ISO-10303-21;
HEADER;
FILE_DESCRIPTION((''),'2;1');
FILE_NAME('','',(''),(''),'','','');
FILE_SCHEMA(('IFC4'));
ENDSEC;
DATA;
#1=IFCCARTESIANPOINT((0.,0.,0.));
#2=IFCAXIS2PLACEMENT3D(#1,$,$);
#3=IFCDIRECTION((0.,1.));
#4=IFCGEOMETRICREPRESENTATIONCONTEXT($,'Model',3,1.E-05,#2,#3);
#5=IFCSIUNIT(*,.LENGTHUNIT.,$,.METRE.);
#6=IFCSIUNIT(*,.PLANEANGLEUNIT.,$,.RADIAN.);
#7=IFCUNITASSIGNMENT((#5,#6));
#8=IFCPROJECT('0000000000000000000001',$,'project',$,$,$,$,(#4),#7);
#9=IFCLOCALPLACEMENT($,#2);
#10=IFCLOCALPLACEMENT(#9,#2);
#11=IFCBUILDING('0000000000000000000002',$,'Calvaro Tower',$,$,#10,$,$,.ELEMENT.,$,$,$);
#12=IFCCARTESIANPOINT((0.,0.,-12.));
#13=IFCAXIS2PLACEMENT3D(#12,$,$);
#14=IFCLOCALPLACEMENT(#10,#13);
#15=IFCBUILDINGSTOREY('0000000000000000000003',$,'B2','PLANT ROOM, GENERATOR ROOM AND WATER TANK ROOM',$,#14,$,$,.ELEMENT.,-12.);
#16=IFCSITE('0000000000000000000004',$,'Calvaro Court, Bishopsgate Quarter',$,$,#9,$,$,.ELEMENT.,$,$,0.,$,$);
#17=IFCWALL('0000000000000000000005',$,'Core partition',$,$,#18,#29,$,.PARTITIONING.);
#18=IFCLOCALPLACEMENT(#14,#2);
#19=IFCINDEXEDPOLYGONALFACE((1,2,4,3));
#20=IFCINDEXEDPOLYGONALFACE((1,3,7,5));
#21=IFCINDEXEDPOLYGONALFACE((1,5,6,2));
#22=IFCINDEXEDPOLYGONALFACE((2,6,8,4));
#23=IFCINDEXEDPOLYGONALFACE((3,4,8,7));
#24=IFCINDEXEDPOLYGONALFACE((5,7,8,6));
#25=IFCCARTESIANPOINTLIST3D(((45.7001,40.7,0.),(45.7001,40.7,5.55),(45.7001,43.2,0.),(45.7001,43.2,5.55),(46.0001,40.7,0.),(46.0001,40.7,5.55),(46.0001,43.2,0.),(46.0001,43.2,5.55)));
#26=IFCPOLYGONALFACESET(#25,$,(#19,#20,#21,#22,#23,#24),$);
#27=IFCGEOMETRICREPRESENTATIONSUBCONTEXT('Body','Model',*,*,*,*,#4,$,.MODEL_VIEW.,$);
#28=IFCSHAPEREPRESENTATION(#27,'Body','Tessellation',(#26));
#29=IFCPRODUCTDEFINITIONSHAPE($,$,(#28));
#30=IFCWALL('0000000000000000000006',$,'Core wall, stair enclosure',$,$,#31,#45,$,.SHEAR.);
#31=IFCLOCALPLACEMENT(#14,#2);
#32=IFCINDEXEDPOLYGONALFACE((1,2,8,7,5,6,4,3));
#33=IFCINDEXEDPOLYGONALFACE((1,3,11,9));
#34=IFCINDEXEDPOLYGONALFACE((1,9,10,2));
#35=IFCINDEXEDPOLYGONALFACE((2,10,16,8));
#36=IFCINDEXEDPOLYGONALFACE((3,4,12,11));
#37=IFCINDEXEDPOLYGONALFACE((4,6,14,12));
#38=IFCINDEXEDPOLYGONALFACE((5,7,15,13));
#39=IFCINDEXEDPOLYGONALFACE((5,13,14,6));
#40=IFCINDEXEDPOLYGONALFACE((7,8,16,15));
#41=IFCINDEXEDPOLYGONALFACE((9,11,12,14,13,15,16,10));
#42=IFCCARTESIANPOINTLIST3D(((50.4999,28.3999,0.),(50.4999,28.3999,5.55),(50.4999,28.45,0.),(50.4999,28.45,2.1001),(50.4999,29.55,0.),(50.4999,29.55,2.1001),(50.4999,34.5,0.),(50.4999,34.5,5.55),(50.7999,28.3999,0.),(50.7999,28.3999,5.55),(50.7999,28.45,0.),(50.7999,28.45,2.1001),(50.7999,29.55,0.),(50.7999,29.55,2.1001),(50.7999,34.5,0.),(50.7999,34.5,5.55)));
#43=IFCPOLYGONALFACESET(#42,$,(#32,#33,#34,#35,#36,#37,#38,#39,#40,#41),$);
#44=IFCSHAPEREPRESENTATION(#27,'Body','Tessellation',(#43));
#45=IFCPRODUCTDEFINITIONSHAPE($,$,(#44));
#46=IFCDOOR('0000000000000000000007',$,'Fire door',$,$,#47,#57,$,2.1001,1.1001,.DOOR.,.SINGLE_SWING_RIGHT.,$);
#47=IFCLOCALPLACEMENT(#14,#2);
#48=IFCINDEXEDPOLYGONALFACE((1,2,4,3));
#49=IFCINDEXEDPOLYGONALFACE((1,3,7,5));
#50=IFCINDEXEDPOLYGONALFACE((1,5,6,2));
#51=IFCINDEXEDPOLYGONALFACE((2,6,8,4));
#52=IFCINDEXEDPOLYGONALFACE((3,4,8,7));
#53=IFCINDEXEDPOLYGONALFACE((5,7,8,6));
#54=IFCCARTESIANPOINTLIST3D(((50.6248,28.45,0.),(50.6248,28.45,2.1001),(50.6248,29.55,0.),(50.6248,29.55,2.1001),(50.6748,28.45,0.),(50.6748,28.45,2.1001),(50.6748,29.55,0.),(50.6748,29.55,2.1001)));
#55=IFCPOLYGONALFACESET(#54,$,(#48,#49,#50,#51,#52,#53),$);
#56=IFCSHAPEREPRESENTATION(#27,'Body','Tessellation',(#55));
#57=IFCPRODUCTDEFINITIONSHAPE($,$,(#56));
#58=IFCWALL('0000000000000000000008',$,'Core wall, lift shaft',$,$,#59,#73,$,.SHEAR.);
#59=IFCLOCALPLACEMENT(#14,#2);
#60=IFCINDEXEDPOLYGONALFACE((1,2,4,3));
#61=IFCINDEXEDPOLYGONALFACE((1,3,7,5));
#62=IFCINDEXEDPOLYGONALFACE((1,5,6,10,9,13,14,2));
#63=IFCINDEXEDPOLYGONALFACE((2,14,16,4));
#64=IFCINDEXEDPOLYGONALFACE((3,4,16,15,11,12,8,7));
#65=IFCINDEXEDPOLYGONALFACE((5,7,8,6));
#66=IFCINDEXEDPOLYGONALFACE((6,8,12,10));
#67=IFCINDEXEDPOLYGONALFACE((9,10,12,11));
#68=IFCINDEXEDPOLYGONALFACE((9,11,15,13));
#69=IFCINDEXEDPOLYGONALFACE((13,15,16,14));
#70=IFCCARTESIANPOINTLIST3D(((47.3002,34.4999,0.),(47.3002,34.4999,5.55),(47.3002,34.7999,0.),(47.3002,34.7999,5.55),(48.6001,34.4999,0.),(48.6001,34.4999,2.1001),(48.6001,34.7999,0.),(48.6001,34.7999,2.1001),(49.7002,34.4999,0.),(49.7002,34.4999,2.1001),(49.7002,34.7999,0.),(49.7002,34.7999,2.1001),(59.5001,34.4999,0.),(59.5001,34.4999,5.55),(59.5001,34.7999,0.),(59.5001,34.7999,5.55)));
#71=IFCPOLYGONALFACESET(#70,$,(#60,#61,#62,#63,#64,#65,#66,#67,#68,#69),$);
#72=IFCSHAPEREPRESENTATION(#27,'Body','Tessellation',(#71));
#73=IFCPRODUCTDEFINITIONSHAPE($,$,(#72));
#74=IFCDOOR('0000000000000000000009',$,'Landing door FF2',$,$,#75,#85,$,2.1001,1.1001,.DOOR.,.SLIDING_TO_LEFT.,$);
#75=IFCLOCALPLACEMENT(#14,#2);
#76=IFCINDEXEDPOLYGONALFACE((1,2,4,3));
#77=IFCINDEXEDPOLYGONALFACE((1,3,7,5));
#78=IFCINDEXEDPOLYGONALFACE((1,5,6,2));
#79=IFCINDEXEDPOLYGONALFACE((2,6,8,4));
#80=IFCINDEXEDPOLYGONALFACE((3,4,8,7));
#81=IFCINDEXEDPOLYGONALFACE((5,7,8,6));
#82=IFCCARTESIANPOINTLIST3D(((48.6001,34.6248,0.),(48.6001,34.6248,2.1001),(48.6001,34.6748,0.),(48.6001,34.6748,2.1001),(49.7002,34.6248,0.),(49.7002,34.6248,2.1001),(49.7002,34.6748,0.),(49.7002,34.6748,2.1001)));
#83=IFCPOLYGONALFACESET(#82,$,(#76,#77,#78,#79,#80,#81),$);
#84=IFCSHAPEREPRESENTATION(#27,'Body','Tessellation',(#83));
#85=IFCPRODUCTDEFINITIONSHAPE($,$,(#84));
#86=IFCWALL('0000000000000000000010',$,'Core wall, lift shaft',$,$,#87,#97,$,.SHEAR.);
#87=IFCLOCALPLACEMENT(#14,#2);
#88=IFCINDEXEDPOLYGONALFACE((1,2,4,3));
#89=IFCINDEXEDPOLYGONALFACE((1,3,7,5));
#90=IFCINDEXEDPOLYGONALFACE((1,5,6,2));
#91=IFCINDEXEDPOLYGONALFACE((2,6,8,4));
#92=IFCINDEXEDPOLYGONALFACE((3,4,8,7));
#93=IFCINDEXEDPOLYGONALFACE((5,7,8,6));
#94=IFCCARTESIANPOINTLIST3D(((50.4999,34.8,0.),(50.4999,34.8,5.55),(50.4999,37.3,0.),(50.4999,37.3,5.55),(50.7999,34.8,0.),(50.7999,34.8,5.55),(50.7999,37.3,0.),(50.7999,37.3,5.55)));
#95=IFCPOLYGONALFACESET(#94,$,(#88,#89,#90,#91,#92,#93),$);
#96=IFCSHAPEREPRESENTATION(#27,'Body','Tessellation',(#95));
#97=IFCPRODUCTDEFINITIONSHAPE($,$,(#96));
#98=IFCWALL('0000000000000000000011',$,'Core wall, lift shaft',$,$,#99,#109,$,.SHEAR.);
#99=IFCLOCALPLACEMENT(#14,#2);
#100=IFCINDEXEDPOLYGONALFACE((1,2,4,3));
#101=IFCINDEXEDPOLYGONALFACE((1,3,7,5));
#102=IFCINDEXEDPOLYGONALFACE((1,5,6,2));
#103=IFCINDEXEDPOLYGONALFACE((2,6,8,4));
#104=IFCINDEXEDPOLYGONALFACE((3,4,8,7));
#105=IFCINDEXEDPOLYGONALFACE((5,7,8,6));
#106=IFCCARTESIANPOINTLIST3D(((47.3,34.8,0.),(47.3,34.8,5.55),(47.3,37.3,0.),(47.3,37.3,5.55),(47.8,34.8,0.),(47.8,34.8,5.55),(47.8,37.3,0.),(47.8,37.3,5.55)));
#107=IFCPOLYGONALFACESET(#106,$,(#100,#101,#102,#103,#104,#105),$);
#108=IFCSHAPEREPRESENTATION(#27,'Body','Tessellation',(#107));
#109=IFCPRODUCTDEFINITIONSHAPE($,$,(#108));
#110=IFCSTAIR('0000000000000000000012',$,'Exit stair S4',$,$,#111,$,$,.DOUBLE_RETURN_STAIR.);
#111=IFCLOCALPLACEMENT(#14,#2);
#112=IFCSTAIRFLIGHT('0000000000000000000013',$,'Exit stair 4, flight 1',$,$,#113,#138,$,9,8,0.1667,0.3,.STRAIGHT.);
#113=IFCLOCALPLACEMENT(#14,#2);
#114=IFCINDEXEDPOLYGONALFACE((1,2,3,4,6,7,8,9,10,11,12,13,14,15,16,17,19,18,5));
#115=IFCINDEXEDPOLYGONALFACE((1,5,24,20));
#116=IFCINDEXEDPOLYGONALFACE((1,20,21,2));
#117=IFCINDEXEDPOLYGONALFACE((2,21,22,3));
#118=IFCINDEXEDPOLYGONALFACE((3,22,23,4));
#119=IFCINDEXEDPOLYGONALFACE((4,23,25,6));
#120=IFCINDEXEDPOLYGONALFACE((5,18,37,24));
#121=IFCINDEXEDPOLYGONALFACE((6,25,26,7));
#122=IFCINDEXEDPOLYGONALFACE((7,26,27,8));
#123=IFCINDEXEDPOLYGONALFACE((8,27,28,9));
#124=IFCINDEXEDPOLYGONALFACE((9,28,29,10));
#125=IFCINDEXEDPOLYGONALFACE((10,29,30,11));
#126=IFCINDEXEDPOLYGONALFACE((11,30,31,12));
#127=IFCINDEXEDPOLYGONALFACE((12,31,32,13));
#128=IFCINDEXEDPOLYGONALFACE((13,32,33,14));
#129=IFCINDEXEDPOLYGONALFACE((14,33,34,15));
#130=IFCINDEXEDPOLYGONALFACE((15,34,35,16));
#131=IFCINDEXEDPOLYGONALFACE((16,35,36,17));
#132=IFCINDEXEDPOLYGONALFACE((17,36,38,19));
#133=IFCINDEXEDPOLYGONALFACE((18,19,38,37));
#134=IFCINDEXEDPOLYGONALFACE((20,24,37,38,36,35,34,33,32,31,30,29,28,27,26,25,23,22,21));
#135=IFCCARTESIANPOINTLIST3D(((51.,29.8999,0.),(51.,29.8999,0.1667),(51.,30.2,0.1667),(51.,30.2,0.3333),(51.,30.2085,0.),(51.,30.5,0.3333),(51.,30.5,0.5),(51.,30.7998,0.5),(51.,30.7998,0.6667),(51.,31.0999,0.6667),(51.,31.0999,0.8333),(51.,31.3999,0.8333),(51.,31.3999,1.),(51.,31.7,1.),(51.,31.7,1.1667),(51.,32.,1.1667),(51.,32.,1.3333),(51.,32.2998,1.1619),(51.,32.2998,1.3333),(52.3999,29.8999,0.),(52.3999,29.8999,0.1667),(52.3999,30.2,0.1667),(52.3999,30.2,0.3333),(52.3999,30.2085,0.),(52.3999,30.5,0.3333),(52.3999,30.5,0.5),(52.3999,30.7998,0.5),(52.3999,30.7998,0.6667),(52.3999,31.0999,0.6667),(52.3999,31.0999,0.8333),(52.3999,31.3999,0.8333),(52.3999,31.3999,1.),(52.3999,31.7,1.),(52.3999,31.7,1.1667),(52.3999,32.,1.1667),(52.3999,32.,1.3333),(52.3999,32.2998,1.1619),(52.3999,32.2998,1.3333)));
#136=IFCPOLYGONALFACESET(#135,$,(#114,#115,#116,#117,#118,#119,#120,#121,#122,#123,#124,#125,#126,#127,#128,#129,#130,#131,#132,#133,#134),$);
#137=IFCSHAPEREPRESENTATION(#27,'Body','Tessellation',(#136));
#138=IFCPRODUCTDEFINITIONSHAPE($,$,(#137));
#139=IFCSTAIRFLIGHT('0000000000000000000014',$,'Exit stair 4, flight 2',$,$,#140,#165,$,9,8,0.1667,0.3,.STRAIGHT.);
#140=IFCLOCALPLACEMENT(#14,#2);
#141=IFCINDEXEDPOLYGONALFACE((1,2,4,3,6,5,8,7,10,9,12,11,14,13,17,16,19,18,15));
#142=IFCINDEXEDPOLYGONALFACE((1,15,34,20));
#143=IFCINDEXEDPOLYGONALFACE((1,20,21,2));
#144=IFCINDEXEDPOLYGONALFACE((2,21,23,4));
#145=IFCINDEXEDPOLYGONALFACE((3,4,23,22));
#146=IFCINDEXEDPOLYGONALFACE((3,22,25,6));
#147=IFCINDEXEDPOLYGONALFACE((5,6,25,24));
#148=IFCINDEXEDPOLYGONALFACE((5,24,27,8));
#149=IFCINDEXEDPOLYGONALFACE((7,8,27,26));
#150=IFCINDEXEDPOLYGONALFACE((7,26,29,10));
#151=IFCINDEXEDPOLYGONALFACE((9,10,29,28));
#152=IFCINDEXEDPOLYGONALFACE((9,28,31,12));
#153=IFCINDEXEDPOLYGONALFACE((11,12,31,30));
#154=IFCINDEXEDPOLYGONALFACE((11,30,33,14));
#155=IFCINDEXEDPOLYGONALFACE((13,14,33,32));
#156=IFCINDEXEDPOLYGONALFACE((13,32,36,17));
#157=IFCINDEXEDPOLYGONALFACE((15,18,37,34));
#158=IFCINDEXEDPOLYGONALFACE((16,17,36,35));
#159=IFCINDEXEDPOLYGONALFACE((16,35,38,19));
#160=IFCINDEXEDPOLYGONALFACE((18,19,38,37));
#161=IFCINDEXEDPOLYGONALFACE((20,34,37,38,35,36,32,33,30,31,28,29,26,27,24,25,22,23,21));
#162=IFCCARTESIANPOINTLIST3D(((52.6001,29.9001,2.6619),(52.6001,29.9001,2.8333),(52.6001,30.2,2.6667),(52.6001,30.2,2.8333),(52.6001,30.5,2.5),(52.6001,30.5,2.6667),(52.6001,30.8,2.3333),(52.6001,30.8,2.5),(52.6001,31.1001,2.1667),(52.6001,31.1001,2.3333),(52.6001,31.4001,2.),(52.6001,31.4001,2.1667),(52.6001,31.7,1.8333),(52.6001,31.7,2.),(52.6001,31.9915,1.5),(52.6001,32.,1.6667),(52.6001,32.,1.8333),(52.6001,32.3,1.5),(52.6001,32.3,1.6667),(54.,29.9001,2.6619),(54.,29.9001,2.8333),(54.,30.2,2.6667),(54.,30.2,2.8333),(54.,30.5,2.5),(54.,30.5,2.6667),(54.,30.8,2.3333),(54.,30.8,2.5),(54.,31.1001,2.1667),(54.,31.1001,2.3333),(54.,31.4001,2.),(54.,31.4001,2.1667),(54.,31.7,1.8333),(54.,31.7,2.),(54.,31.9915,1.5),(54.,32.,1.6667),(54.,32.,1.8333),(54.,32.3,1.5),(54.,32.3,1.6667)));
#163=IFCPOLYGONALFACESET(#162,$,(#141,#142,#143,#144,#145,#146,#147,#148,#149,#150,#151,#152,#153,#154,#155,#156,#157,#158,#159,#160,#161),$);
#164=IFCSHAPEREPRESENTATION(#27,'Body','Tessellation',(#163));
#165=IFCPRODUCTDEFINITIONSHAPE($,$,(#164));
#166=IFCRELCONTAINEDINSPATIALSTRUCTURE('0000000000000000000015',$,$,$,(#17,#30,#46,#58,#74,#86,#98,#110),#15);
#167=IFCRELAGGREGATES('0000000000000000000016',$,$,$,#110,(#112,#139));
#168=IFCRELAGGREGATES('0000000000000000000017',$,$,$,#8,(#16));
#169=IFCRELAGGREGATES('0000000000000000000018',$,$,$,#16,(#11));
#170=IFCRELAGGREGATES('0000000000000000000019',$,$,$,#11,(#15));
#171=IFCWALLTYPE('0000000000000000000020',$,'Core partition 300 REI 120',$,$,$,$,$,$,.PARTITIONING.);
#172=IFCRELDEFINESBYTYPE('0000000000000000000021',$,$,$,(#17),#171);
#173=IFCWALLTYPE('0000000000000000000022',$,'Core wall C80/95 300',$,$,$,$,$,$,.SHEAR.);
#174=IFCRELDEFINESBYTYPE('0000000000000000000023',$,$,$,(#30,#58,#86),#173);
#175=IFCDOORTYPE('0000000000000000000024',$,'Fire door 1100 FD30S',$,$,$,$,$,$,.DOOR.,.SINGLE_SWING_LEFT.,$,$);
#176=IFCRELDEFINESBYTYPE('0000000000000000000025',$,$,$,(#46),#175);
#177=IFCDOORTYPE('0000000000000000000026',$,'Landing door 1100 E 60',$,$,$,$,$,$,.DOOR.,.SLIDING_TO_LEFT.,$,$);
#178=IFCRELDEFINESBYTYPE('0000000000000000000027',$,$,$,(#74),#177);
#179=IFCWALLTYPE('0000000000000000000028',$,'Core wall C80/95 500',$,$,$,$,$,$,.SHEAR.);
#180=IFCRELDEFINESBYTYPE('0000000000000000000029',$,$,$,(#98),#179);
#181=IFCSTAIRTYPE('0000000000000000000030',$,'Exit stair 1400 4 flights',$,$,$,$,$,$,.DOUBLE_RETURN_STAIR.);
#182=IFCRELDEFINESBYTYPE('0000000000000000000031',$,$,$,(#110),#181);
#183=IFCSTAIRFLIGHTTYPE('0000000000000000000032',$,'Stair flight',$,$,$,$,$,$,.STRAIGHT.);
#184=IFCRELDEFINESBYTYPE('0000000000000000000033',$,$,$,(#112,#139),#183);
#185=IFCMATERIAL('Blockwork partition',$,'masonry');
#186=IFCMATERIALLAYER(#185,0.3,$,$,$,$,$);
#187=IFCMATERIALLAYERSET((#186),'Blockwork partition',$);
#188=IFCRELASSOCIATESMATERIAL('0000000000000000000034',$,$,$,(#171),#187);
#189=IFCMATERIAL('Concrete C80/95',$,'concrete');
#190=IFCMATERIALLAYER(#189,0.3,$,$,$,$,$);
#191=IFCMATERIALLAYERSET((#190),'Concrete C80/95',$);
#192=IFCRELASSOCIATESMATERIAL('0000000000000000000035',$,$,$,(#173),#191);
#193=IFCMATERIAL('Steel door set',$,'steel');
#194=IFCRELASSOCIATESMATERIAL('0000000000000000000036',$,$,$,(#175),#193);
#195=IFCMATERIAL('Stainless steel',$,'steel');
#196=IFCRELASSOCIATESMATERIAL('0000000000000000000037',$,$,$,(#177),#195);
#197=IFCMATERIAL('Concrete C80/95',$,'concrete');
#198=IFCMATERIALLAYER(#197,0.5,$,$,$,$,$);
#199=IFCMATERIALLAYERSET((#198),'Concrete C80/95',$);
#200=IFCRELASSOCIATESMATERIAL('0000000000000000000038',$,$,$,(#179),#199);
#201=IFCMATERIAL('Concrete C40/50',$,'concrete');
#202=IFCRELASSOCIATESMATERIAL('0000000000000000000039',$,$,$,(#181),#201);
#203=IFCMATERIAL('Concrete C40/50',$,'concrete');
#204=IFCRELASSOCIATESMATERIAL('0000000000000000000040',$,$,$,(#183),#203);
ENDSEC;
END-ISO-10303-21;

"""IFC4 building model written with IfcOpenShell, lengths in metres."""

from ifc_helpers import new_model, si_unit, direction, frame, frame_2d, origin, place, context, subcontext, project, spatial, polyline, rectangle, outline, extrude, material, layer, layer_set, type_object, element, fill, aggregate, save


model = new_model("IFC4")

# Units and contexts
model_context = context("Model", 3, precision=1e-05, world=origin(), true_north=direction((0.0, 1.0)))
body_context = subcontext(model_context, "Body", "Model", "MODEL_VIEW")
ifc_project = project(units=[si_unit("LENGTHUNIT", "METRE"), si_unit("PLANEANGLEUNIT", "RADIAN")], contexts=[model_context])

# Site, building, storey
site_placement = place(None, origin())
site = spatial("IfcSite", under=ifc_project, at=site_placement, Name="Calvaro Court, Bishopsgate Quarter", CompositionType="ELEMENT", RefElevation=0.0)
building_placement = place(site_placement, origin())
building = spatial("IfcBuilding", under=site, at=building_placement, Name="Calvaro Tower", CompositionType="ELEMENT")
storey_placement = place(building_placement, frame((0.0, 0.0, -12.0)))
storey = spatial("IfcBuildingStorey", under=building, at=storey_placement, Name="B2", Description="PLANT ROOM, GENERATOR ROOM AND WATER TANK ROOM", CompositionType="ELEMENT", Elevation=-12.0)

# Wall
ifc_material_1 = material(Name="Blockwork partition", Category="masonry")
ifc_layer_1 = layer(ifc_material_1, 0.3)
ifc_layer_set_1 = layer_set([ifc_layer_1], Name="Blockwork partition")
wall_type_1 = type_object("IfcWallType", Name="Core partition 300 REI 120", PredefinedType="PARTITIONING", material=ifc_layer_set_1)
wall_1_placement = place(storey_placement, frame((45.8501, 40.7, 0.0), z_axis=(0.0, 0.0, 1.0), x_axis=(0.0, 1.0, 0.0)))
element("IfcWall", 1, at=wall_1_placement, inside=storey, type_object=wall_type_1, Name="Core partition", PredefinedType="PARTITIONING", context=body_context, shape_type="SweptSolid", body=[
    extrude(rectangle(XDim=2.5, YDim=0.3, at=frame_2d((1.25, 0.0))), origin(), (0.0, 0.0, 1.0), 5.55),
])

# Walls, openings, doors
ifc_material_2 = material(Name="Concrete C80/95", Category="concrete")
ifc_layer_2 = layer(ifc_material_2, 0.3)
ifc_layer_set_2 = layer_set([ifc_layer_2], Name="Concrete C80/95")
wall_type_2 = type_object("IfcWallType", Name="Core wall C80/95 300", PredefinedType="SHEAR", material=ifc_layer_set_2)
wall_2_placement = place(storey_placement, frame((50.6499, 34.5, 0.0), z_axis=(0.0, 0.0, 1.0), x_axis=(0.0, -1.0, 0.0)))
wall_2 = element("IfcWall", 2, at=wall_2_placement, inside=storey, type_object=wall_type_2, Name="Core wall, stair enclosure", PredefinedType="SHEAR", context=body_context, shape_type="SweptSolid", body=[
    extrude(rectangle(XDim=6.1001, YDim=0.3, at=frame_2d((3.05, 0.0))), origin(), (0.0, 0.0, 1.0), 5.55),
])
opening_1_placement = place(wall_2_placement, frame((4.95, 0.0, 0.0)))
opening_1 = element("IfcOpeningElement", 3, at=opening_1_placement, cuts=wall_2, PredefinedType="OPENING", context=body_context, shape_type="SweptSolid", body=[
    extrude(rectangle(XDim=1.1001, YDim=2.1001, at=frame_2d((0.55, 1.05))), frame((0.0, 0.1599, 0.0), z_axis=(0.0, -1.0, 0.0), x_axis=(1.0, 0.0, 0.0)), (0.0, 0.0, 1.0), 0.3201),
])
ifc_material_3 = material(Name="Steel door set", Category="steel")
door_type_1 = type_object("IfcDoorType", Name="Fire door 1100 FD30S", OperationType="SINGLE_SWING_LEFT", PredefinedType="DOOR", material=ifc_material_3)
door_1_placement = place(opening_1_placement, origin())
door_1 = element("IfcDoor", 4, at=door_1_placement, inside=storey, type_object=door_type_1, Name="Fire door", OperationType="SINGLE_SWING_RIGHT", OverallHeight=2.1001, OverallWidth=1.1001, PredefinedType="DOOR", context=body_context, shape_type="SweptSolid", body=[
    extrude(rectangle(XDim=1.1001, YDim=2.1001, at=frame_2d((0.55, 1.05))), frame((0.0, 0.0249, 0.0), z_axis=(0.0, -1.0, 0.0), x_axis=(1.0, 0.0, 0.0)), (0.0, 0.0, 1.0), 0.05),
])
fill(opening_1, door_1)
wall_3_placement = place(storey_placement, frame((47.3, 34.6499, 0.0), z_axis=(0.0, 0.0, 1.0), x_axis=(1.0, 0.0, 0.0)))
wall_3 = element("IfcWall", 5, at=wall_3_placement, inside=storey, type_object=wall_type_2, Name="Core wall, lift shaft", PredefinedType="SHEAR", context=body_context, shape_type="SweptSolid", body=[
    extrude(rectangle(XDim=12.2, YDim=0.3, at=frame_2d((6.1001, 0.0))), origin(), (0.0, 0.0, 1.0), 5.55),
])
opening_2_placement = place(wall_3_placement, frame((1.3, 0.0, 0.0)))
opening_2 = element("IfcOpeningElement", 6, at=opening_2_placement, cuts=wall_3, PredefinedType="OPENING", context=body_context, shape_type="SweptSolid", body=[
    extrude(rectangle(XDim=1.1001, YDim=2.1001, at=frame_2d((0.55, 1.05))), frame((0.0, 0.1599, 0.0), z_axis=(0.0, -1.0, 0.0), x_axis=(1.0, 0.0, 0.0)), (0.0, 0.0, 1.0), 0.3201),
])
ifc_material_4 = material(Name="Stainless steel", Category="steel")
door_type_2 = type_object("IfcDoorType", Name="Landing door 1100 E 60", OperationType="SLIDING_TO_LEFT", PredefinedType="DOOR", material=ifc_material_4)
door_2_placement = place(opening_2_placement, origin())
door_2 = element("IfcDoor", 7, at=door_2_placement, inside=storey, type_object=door_type_2, Name="Landing door FF2", OperationType="SLIDING_TO_LEFT", OverallHeight=2.1001, OverallWidth=1.1001, PredefinedType="DOOR", context=body_context, shape_type="SweptSolid", body=[
    extrude(rectangle(XDim=1.1001, YDim=2.1001, at=frame_2d((0.55, 1.05))), frame((0.0, 0.0249, 0.0), z_axis=(0.0, -1.0, 0.0), x_axis=(1.0, 0.0, 0.0)), (0.0, 0.0, 1.0), 0.05),
])
fill(opening_2, door_2)

# Walls
wall_4_placement = place(storey_placement, frame((50.6499, 34.8, 0.0), z_axis=(0.0, 0.0, 1.0), x_axis=(0.0, 1.0, 0.0)))
element("IfcWall", 8, at=wall_4_placement, inside=storey, type_object=wall_type_2, Name="Core wall, lift shaft", PredefinedType="SHEAR", context=body_context, shape_type="SweptSolid", body=[
    extrude(rectangle(XDim=2.5, YDim=0.3, at=frame_2d((1.25, 0.0))), origin(), (0.0, 0.0, 1.0), 5.55),
])
ifc_material_5 = material(Name="Concrete C80/95", Category="concrete")
ifc_layer_3 = layer(ifc_material_5, 0.5)
ifc_layer_set_3 = layer_set([ifc_layer_3], Name="Concrete C80/95")
wall_type_3 = type_object("IfcWallType", Name="Core wall C80/95 500", PredefinedType="SHEAR", material=ifc_layer_set_3)
wall_5_placement = place(storey_placement, frame((47.55, 34.8, 0.0), z_axis=(0.0, 0.0, 1.0), x_axis=(0.0, 1.0, 0.0)))
element("IfcWall", 9, at=wall_5_placement, inside=storey, type_object=wall_type_3, Name="Core wall, lift shaft", PredefinedType="SHEAR", context=body_context, shape_type="SweptSolid", body=[
    extrude(rectangle(XDim=2.5, YDim=0.5, at=frame_2d((1.25, 0.0))), origin(), (0.0, 0.0, 1.0), 5.55),
])

# Stair, stair flights
ifc_material_6 = material(Name="Concrete C40/50", Category="concrete")
stair_type = type_object("IfcStairType", Name="Exit stair 1400 4 flights", PredefinedType="DOUBLE_RETURN_STAIR", material=ifc_material_6)
stair_placement = place(storey_placement, origin())
stair = element("IfcStair", 10, at=stair_placement, inside=storey, type_object=stair_type, Name="Exit stair S4", PredefinedType="DOUBLE_RETURN_STAIR")
ifc_material_7 = material(Name="Concrete C40/50", Category="concrete")
stair_flight_type = type_object("IfcStairFlightType", Name="Stair flight", PredefinedType="STRAIGHT", material=ifc_material_7)
stair_flight_1_placement = place(storey_placement, frame((51.7, 29.8999, 0.0), z_axis=(0.0, 0.0, 1.0), x_axis=(0.0, 1.0, 0.0)))
stair_flight_1 = element("IfcStairFlight", 11, at=stair_flight_1_placement, type_object=stair_flight_type, Name="Exit stair 4, flight 1", NumberOfRisers=9, NumberOfTreads=8, PredefinedType="STRAIGHT", RiserHeight=0.1667, TreadLength=0.3, context=body_context, shape_type="SweptSolid", body=[
    extrude(outline(polyline([(0.0, 0.0), (0.0, 0.1667), (0.3, 0.1667), (0.3, 0.3333), (0.6001, 0.3333), (0.6001, 0.5), (0.8999, 0.5), (0.8999, 0.6667), (1.2, 0.6667), (1.2, 0.8333), (1.5, 0.8333), (1.5, 1.0), (1.8, 1.0), (1.8, 1.1667), (2.1001, 1.1667), (2.1001, 1.3333), (2.3999, 1.3333), (2.3999, 1.5), (2.3999, 1.1619), (0.3086, 0.0), (0.0, 0.0)])), frame((0.0, 0.7, 0.0), z_axis=(0.0, -1.0, 0.0), x_axis=(1.0, 0.0, 0.0)), (0.0, 0.0, 1.0), 1.3999),
])
stair_flight_2_placement = place(storey_placement, frame((53.3, 32.3, 1.5), z_axis=(0.0, 0.0, 1.0), x_axis=(0.0, -1.0, 0.0)))
stair_flight_2 = element("IfcStairFlight", 12, at=stair_flight_2_placement, type_object=stair_flight_type, Name="Exit stair 4, flight 2", NumberOfRisers=9, NumberOfTreads=8, PredefinedType="STRAIGHT", RiserHeight=0.1667, TreadLength=0.3, context=body_context, shape_type="SweptSolid", body=[
    extrude(outline(polyline([(0.0, 0.0), (0.0, 0.1667), (0.3, 0.1667), (0.3, 0.3333), (0.6001, 0.3333), (0.6001, 0.5), (0.8999, 0.5), (0.8999, 0.6667), (1.2, 0.6667), (1.2, 0.8333), (1.5, 0.8333), (1.5, 1.0), (1.8, 1.0), (1.8, 1.1667), (2.1001, 1.1667), (2.1001, 1.3333), (2.3999, 1.3333), (2.3999, 1.5), (2.3999, 1.1619), (0.3086, 0.0), (0.0, 0.0)])), frame((0.0, 0.7, 0.0), z_axis=(0.0, -1.0, 0.0), x_axis=(1.0, 0.0, 0.0)), (0.0, 0.0, 1.0), 1.3999),
])
aggregate(stair, [stair_flight_1, stair_flight_2])

save(model, "model.ifc")
